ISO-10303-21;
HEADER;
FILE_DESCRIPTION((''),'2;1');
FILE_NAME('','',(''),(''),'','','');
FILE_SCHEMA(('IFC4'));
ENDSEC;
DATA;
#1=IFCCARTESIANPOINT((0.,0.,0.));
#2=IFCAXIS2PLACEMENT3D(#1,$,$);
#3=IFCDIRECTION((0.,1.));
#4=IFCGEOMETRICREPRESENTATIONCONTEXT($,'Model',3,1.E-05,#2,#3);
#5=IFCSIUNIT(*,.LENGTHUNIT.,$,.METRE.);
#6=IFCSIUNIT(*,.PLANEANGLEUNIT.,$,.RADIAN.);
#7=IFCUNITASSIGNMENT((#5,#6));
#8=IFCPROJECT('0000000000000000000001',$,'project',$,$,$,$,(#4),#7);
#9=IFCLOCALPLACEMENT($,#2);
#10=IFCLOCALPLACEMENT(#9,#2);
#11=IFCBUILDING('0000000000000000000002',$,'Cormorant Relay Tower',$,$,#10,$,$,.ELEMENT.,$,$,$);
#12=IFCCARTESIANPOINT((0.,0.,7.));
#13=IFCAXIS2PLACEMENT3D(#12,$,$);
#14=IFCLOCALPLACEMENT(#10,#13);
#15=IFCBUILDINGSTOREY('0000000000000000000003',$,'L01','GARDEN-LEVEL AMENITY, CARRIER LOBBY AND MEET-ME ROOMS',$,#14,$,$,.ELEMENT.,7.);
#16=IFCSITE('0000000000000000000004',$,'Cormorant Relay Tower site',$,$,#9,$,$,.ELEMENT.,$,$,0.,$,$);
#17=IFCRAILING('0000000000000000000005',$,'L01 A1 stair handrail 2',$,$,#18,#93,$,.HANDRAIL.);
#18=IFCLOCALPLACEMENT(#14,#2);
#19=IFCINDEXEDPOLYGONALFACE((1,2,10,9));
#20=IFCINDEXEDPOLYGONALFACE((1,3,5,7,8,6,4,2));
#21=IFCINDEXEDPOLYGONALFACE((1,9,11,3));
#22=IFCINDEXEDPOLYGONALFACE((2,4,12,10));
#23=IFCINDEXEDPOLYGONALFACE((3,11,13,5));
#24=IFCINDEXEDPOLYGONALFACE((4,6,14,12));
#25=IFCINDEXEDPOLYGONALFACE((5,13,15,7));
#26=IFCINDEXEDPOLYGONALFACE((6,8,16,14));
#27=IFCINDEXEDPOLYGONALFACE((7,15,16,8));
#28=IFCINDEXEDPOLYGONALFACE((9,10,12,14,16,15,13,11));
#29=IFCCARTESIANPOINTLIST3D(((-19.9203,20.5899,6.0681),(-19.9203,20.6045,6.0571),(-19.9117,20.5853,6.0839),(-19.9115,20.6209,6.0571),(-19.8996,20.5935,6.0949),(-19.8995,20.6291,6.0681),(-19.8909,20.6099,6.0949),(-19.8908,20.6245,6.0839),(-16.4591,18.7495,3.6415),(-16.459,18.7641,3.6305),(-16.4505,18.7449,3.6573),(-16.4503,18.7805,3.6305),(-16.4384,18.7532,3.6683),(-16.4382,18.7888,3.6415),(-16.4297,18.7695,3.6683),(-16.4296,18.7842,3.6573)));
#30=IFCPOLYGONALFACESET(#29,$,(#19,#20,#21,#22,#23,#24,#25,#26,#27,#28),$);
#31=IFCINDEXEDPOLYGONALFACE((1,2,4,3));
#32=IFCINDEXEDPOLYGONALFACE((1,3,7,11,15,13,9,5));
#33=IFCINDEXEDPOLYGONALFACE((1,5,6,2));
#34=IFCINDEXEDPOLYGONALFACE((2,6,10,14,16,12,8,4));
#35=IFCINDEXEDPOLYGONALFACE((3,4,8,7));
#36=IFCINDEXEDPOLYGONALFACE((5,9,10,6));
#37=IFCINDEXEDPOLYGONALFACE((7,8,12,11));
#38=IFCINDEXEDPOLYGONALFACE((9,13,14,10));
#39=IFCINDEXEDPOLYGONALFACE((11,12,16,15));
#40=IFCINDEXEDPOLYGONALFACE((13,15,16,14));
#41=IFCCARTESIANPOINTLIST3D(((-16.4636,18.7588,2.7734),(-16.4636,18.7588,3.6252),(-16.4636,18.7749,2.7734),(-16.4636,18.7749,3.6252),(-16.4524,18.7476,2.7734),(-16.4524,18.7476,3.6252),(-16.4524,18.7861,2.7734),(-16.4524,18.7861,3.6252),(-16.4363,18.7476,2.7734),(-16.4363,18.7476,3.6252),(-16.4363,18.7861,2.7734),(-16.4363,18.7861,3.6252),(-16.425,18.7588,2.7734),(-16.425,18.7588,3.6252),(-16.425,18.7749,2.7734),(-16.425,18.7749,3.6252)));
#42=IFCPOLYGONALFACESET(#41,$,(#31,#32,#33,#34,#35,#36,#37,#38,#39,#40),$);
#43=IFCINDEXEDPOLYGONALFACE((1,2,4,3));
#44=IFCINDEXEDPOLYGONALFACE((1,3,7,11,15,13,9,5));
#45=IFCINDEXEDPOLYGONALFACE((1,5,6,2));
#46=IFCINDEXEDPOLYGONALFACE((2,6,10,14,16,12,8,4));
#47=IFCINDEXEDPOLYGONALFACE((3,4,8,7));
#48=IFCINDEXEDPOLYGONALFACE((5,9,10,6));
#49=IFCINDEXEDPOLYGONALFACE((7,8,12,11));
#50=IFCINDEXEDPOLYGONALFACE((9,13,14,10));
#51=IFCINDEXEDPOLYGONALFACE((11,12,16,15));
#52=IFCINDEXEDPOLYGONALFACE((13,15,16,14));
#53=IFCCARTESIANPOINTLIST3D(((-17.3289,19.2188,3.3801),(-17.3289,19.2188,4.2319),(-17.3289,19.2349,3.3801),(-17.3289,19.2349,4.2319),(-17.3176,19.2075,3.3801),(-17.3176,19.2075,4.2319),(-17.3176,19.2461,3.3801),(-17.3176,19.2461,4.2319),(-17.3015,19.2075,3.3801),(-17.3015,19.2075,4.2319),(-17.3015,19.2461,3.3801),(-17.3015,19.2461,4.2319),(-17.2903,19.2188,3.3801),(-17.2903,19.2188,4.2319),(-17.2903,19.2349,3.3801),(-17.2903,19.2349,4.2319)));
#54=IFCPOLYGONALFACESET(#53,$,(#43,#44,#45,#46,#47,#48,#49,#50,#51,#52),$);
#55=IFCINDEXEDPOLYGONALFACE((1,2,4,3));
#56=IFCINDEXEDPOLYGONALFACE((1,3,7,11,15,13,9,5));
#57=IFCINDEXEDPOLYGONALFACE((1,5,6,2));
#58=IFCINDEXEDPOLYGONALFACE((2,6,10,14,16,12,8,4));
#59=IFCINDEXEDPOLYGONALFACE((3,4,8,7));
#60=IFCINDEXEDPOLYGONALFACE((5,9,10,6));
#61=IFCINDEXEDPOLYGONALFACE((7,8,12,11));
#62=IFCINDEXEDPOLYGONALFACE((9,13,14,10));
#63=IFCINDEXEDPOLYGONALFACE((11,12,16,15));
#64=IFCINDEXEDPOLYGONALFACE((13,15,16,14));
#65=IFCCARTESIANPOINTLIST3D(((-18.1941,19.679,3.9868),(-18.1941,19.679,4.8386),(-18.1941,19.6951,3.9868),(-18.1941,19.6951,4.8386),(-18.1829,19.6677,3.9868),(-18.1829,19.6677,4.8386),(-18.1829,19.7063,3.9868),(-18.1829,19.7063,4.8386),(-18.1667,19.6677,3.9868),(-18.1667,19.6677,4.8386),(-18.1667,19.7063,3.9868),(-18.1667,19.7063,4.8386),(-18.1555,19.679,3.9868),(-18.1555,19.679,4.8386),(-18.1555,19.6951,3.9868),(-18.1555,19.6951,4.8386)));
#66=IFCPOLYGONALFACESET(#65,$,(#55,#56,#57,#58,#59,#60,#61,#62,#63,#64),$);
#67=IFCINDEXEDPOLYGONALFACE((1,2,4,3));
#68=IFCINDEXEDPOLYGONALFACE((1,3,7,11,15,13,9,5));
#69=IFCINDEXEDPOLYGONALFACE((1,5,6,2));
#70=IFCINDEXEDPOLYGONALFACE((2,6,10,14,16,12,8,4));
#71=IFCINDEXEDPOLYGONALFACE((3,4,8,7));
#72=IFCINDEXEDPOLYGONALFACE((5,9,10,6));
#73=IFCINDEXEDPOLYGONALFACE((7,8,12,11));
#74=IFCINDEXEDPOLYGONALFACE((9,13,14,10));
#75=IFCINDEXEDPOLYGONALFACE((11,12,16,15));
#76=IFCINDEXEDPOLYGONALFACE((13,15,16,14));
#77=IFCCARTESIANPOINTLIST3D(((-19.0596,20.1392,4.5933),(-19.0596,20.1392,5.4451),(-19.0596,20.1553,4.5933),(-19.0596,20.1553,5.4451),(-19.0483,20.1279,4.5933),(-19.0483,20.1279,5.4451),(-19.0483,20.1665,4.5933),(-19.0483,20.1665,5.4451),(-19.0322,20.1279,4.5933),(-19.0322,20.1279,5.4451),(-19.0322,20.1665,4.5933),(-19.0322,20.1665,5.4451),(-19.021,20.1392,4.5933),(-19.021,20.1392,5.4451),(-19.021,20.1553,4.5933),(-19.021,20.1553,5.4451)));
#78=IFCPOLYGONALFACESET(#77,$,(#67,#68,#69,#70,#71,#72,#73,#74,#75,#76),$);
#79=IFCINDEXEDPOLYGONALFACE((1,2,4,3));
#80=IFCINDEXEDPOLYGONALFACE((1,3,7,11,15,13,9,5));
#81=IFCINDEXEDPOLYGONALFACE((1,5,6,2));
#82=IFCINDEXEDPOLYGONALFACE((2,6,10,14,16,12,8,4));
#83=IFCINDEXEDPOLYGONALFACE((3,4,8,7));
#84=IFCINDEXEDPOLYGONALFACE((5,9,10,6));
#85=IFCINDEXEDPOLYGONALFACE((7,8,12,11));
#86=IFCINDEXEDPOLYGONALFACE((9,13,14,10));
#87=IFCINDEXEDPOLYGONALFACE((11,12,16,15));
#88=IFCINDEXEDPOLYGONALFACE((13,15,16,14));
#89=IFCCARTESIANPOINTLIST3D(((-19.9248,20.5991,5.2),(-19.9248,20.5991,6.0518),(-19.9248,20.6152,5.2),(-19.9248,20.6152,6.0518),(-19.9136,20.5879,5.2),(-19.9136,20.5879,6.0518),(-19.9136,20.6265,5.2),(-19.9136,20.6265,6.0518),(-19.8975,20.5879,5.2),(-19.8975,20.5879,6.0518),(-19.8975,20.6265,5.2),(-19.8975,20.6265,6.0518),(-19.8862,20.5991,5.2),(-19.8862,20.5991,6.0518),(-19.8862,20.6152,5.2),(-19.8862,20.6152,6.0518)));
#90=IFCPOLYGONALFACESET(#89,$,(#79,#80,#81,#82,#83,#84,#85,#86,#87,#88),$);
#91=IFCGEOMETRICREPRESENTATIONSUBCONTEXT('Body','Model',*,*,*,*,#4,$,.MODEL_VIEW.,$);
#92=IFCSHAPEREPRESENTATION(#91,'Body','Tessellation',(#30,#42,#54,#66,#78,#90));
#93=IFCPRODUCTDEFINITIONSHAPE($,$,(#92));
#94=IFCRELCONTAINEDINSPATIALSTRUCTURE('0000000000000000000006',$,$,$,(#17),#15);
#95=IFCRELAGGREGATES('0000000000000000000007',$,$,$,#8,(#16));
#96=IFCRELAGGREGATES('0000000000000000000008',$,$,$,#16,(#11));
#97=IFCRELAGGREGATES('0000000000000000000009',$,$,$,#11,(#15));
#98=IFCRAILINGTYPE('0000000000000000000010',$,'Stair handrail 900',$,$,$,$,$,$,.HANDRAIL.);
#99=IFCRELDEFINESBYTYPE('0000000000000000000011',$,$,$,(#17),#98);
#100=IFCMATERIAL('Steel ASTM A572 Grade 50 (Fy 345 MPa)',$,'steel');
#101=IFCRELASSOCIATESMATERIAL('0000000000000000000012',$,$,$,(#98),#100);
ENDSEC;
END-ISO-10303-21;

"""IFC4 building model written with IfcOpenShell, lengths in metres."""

from ifc_helpers import new_model, si_unit, direction, frame, origin, place, context, subcontext, project, spatial, polyline, outline, extrude, material, type_object, element, save


model = new_model("IFC4")

# Units and contexts
model_context = context("Model", 3, precision=1e-05, world=origin(), true_north=direction((0.0, 1.0)))
body_context = subcontext(model_context, "Body", "Model", "MODEL_VIEW")
ifc_project = project(units=[si_unit("LENGTHUNIT", "METRE"), si_unit("PLANEANGLEUNIT", "RADIAN")], contexts=[model_context])

# Site, building, storey
site_placement = place(None, origin())
site = spatial("IfcSite", under=ifc_project, at=site_placement, Name="Cormorant Relay Tower site", CompositionType="ELEMENT", RefElevation=0.0)
building_placement = place(site_placement, origin())
building = spatial("IfcBuilding", under=site, at=building_placement, Name="Cormorant Relay Tower", CompositionType="ELEMENT")
storey_placement = place(building_placement, frame((0.0, 0.0, 7.0)))
storey = spatial("IfcBuildingStorey", under=building, at=storey_placement, Name="L01", Description="GARDEN-LEVEL AMENITY, CARRIER LOBBY AND MEET-ME ROOMS", CompositionType="ELEMENT", Elevation=7.0)

# Railing
ifc_material_1 = material(Name="Steel ASTM A572 Grade 50 (Fy 345 MPa)", Category="steel")
railing_type_1 = type_object("IfcRailingType", Name="Stair handrail 900", PredefinedType="HANDRAIL", material=ifc_material_1)
railing_1_placement = place(storey_placement, frame((-16.4443, 18.7668, 2.7734)))
element("IfcRailing", 1, at=railing_1_placement, inside=storey, type_object=railing_type_1, Name="L01 A1 stair handrail 2", PredefinedType="HANDRAIL", context=body_context, shape_type="SweptSolid", body=[
    extrude(outline(polyline([(0.0222, 0.0093), (0.0093, 0.0222), (-0.0093, 0.0222), (-0.0222, 0.0093), (-0.0222, -0.0093), (-0.0093, -0.0222), (0.0093, -0.0222), (0.0222, -0.0093), (0.0222, 0.0093)])), frame((0.0, 0.0, 0.876), z_axis=(-0.750755, 0.399181, 0.526328), x_axis=(-0.469469, -0.882949, 0.0)), (0.0, 0.0, 1.0), 4.6104),
    extrude(outline(polyline([(0.0193, 0.0081), (0.0081, 0.0193), (-0.0081, 0.0193), (-0.0193, 0.0081), (-0.0193, -0.0081), (-0.0081, -0.0193), (0.0081, -0.0193), (0.0193, -0.0081), (0.0193, 0.0081)])), origin(), (0.0, 0.0, 1.0), 0.8518),
    extrude(outline(polyline([(0.0193, 0.0081), (0.0081, 0.0193), (-0.0081, 0.0193), (-0.0193, 0.0081), (-0.0193, -0.0081), (-0.0081, -0.0193), (0.0081, -0.0193), (0.0193, -0.0081), (0.0193, 0.0081)])), frame((-0.8652, 0.46, 0.6067)), (0.0, 0.0, 1.0), 0.8518),
    extrude(outline(polyline([(0.0193, 0.0081), (0.0081, 0.0193), (-0.0081, 0.0193), (-0.0193, 0.0081), (-0.0193, -0.0081), (-0.0081, -0.0193), (0.0081, -0.0193), (0.0193, -0.0081), (0.0193, 0.0081)])), frame((-1.7305, 0.9202, 1.2134)), (0.0, 0.0, 1.0), 0.8518),
    extrude(outline(polyline([(0.0193, 0.0081), (0.0081, 0.0193), (-0.0081, 0.0193), (-0.0193, 0.0081), (-0.0193, -0.0081), (-0.0081, -0.0193), (0.0081, -0.0193), (0.0193, -0.0081), (0.0193, 0.0081)])), frame((-2.5959, 1.3804, 1.8198)), (0.0, 0.0, 1.0), 0.8518),
    extrude(outline(polyline([(0.0193, 0.0081), (0.0081, 0.0193), (-0.0081, 0.0193), (-0.0193, 0.0081), (-0.0193, -0.0081), (-0.0081, -0.0193), (0.0081, -0.0193), (0.0193, -0.0081), (0.0193, 0.0081)])), frame((-3.4612, 1.8403, 2.4265)), (0.0, 0.0, 1.0), 0.8518),
])

save(model, "model.ifc")
